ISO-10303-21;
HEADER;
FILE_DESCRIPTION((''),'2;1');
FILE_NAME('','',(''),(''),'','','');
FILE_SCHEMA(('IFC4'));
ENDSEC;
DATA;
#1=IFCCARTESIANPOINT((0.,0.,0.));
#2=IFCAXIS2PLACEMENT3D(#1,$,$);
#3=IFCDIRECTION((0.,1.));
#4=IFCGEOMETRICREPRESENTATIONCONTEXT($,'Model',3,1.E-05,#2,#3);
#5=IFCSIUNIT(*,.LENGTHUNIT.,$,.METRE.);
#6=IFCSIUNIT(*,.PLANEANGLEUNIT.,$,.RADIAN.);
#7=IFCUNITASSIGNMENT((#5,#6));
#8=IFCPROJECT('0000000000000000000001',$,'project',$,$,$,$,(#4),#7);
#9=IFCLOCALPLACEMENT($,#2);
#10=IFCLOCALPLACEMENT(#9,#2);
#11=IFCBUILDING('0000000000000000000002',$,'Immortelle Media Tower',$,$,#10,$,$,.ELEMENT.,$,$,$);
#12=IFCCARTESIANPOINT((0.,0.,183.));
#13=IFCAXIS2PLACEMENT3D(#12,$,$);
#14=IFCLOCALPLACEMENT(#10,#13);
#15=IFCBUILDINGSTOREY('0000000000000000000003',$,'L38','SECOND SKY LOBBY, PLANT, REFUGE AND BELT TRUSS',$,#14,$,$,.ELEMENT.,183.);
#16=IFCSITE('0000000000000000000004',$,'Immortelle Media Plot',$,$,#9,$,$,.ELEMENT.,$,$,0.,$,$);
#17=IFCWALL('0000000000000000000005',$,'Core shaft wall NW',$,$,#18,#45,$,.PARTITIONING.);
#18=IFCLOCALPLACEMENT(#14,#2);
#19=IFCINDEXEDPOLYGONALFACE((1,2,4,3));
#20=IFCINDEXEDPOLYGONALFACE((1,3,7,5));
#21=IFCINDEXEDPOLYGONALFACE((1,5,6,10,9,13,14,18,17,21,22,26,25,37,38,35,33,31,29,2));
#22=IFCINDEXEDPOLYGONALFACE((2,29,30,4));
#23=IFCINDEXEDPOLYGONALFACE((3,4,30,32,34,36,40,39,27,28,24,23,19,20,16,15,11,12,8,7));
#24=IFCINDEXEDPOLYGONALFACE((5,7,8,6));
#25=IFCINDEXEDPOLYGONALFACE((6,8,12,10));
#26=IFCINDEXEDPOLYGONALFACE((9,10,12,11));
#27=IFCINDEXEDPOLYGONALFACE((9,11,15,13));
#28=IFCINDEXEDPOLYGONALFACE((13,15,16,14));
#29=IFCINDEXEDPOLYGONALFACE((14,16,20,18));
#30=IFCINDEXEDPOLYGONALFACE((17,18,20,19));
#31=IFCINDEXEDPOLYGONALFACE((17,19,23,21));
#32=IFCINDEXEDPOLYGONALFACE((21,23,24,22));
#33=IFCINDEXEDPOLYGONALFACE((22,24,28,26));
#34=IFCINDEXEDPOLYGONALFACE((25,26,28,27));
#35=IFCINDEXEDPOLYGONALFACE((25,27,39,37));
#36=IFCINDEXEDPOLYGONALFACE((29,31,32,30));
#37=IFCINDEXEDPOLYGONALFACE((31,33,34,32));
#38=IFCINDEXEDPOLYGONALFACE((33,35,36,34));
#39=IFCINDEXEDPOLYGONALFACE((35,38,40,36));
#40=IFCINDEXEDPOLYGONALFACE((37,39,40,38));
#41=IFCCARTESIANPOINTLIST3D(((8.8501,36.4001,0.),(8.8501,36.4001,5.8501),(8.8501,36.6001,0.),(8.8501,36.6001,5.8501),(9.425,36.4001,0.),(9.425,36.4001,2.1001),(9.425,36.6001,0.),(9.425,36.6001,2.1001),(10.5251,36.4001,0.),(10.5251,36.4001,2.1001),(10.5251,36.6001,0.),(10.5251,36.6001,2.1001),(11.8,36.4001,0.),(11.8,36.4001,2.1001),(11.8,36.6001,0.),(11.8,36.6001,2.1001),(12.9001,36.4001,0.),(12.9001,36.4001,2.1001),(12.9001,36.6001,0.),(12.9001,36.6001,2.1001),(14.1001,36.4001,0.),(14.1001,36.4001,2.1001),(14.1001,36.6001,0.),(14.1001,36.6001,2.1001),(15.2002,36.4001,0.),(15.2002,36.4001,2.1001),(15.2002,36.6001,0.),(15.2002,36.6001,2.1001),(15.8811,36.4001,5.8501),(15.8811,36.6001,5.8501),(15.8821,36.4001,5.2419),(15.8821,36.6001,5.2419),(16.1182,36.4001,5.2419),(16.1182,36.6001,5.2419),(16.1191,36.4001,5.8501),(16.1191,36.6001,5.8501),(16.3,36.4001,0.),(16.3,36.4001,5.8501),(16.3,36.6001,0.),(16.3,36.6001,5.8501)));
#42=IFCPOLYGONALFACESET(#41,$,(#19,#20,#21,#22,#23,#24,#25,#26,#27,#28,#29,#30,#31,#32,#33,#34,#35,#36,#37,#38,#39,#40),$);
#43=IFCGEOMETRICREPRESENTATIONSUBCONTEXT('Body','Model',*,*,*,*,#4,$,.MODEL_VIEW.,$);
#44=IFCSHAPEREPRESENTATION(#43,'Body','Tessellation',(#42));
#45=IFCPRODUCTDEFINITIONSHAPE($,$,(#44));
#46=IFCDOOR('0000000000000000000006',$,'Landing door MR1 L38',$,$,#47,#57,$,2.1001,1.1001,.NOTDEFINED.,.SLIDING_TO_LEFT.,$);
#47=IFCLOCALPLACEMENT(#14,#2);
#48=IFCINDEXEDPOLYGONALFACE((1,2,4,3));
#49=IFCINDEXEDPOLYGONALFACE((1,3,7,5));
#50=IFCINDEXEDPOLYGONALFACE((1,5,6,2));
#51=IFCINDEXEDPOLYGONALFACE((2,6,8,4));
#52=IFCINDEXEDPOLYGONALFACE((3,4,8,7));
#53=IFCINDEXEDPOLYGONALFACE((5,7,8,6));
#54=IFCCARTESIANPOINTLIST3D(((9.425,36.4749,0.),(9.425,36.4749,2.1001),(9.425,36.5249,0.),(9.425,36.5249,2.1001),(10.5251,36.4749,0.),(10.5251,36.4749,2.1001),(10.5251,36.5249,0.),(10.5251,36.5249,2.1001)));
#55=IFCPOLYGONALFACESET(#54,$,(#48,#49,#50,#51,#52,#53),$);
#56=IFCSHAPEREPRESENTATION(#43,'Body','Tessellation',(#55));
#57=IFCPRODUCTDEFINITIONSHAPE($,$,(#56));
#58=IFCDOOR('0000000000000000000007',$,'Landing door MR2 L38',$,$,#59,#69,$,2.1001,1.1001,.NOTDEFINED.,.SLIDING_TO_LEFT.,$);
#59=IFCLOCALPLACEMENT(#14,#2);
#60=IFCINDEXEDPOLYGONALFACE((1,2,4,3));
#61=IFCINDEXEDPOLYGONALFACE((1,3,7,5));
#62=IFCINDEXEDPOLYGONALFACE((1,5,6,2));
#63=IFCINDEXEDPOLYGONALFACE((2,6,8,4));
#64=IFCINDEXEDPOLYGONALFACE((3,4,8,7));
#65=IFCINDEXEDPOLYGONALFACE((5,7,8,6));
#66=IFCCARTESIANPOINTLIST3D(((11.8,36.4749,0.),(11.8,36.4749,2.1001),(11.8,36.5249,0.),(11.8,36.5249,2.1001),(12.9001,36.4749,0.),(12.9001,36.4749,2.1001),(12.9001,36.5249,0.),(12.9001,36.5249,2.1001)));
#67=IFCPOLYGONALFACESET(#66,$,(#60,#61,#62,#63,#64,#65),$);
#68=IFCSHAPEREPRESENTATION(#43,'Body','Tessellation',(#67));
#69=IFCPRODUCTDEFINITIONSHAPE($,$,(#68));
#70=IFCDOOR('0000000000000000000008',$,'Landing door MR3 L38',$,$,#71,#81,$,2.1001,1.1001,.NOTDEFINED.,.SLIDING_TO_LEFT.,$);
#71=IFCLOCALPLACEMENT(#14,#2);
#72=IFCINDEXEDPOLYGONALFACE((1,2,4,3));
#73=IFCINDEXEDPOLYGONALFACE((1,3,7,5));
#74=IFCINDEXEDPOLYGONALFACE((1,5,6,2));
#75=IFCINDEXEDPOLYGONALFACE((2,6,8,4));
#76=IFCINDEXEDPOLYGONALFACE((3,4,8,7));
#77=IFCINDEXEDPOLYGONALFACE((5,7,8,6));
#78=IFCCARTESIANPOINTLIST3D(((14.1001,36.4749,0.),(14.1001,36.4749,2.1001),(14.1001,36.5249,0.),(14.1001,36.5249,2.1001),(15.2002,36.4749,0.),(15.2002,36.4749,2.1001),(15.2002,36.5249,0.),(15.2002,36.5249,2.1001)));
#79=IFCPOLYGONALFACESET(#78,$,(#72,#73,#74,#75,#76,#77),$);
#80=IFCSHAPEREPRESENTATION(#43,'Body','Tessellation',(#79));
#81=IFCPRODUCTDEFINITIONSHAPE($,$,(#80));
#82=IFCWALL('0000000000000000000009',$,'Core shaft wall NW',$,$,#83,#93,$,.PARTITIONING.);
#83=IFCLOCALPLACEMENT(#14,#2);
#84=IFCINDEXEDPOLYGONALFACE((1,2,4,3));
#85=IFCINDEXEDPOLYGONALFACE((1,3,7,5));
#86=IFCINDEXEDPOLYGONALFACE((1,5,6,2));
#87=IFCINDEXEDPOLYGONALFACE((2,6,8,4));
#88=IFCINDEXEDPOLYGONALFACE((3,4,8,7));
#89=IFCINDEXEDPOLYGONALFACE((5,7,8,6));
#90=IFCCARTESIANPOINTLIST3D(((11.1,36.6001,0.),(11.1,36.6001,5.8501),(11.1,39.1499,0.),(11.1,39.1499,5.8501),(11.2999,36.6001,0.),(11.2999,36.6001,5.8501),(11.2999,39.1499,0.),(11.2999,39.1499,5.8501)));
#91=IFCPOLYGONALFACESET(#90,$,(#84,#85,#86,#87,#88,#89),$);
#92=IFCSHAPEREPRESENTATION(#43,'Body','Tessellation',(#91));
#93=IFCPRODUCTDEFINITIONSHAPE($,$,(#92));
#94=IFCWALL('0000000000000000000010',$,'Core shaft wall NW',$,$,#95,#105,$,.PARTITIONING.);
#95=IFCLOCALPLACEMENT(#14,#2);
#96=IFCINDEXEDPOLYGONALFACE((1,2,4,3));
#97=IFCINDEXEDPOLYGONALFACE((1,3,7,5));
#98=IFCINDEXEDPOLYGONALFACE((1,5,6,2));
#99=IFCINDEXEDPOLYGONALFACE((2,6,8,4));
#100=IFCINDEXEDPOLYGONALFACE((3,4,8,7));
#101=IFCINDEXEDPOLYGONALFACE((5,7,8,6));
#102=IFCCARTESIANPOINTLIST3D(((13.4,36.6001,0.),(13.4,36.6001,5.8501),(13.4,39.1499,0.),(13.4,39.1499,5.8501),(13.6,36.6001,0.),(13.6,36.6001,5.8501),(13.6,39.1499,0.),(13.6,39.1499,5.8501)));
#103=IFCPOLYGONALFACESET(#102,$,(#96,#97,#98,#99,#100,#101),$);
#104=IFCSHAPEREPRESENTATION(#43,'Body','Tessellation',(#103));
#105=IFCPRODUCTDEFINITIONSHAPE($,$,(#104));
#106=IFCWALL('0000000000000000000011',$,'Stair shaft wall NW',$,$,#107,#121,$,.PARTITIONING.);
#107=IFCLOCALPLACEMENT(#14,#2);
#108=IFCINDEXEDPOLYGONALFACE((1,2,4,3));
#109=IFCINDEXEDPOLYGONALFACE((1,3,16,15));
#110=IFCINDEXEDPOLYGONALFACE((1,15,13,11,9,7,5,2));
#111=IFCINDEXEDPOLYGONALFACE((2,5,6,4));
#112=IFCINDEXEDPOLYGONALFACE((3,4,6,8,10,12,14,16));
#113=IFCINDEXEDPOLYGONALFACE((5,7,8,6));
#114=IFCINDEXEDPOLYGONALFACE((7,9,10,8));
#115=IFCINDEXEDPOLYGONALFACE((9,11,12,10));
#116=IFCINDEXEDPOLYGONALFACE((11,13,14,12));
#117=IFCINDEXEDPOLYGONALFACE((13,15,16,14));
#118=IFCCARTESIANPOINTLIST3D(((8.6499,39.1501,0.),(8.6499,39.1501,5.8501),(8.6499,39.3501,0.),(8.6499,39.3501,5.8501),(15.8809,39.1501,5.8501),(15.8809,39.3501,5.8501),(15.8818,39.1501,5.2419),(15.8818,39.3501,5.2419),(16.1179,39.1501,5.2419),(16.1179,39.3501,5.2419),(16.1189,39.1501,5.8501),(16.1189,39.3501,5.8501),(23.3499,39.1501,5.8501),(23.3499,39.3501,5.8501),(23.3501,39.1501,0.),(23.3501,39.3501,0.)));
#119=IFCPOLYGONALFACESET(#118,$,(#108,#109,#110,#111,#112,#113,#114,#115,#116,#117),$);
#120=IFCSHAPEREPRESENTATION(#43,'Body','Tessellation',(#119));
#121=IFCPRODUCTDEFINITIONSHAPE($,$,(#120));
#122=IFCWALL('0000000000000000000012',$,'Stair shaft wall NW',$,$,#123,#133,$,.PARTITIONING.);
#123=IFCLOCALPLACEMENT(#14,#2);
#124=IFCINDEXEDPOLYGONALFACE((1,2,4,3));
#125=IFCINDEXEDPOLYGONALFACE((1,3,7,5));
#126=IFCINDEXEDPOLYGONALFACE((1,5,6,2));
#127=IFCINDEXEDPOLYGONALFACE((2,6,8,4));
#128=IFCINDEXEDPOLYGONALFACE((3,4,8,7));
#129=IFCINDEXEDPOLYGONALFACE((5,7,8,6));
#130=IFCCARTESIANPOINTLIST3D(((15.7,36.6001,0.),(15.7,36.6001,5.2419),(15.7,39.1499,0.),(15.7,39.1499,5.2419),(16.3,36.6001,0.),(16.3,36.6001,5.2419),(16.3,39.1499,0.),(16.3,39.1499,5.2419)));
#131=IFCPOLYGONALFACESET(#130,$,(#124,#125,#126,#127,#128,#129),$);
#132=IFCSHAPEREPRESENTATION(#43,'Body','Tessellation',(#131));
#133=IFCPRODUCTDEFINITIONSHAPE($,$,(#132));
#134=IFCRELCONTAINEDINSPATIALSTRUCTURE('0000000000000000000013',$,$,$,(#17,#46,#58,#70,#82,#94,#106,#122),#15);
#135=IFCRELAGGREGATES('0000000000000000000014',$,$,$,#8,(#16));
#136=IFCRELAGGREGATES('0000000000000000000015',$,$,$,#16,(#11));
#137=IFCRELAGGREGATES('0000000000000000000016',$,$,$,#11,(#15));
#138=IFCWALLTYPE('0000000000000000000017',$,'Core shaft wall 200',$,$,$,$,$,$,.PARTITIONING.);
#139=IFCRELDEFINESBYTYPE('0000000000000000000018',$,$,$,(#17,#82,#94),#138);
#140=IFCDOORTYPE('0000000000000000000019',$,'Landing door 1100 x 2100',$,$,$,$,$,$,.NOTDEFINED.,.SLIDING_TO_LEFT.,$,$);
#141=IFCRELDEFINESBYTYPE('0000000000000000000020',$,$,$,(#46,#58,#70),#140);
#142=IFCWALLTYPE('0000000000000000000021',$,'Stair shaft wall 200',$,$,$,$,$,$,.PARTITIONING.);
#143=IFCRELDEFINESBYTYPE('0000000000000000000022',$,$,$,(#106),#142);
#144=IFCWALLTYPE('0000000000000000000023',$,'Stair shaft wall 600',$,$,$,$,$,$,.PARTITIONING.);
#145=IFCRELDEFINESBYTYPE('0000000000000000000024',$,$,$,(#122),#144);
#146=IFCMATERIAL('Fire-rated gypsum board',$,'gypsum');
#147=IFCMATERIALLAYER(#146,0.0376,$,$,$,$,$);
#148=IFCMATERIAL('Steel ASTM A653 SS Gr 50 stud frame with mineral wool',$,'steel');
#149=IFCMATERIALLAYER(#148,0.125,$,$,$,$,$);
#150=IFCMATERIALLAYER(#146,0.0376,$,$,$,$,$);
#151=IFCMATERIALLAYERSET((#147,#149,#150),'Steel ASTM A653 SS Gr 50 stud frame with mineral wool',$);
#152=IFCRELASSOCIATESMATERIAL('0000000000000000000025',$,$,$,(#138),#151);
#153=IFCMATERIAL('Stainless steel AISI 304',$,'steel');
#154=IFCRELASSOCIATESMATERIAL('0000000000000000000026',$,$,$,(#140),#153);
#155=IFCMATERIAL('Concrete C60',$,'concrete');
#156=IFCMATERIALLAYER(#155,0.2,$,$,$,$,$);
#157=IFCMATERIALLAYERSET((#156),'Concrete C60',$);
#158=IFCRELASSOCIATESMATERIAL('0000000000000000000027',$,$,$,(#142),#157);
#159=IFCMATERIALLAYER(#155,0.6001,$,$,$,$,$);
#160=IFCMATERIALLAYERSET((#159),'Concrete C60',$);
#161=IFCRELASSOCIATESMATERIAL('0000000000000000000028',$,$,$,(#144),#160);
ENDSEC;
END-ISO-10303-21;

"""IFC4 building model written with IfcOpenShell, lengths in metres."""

from ifc_helpers import new_model, si_unit, direction, frame, frame_2d, origin, place, context, subcontext, project, spatial, polyline, rectangle, outline, extrude, material, layer, layer_set, type_object, element, fill, save


model = new_model("IFC4")

# Units and contexts
model_context = context("Model", 3, precision=1e-05, world=origin(), true_north=direction((0.0, 1.0)))
body_context = subcontext(model_context, "Body", "Model", "MODEL_VIEW")
ifc_project = project(units=[si_unit("LENGTHUNIT", "METRE"), si_unit("PLANEANGLEUNIT", "RADIAN")], contexts=[model_context])

# Site, building, storey
site_placement = place(None, origin())
site = spatial("IfcSite", under=ifc_project, at=site_placement, Name="Immortelle Media Plot", CompositionType="ELEMENT", RefElevation=0.0)
building_placement = place(site_placement, origin())
building = spatial("IfcBuilding", under=site, at=building_placement, Name="Immortelle Media Tower", CompositionType="ELEMENT")
storey_placement = place(building_placement, frame((0.0, 0.0, 183.0)))
storey = spatial("IfcBuildingStorey", under=building, at=storey_placement, Name="L38", Description="SECOND SKY LOBBY, PLANT, REFUGE AND BELT TRUSS", CompositionType="ELEMENT", Elevation=183.0)

# Wall, openings, doors
ifc_material_1 = material(Name="Fire-rated gypsum board", Category="gypsum")
ifc_layer_1 = layer(ifc_material_1, 0.0376)
ifc_material_2 = material(Name="Steel ASTM A653 SS Gr 50 stud frame with mineral wool", Category="steel")
ifc_layer_2 = layer(ifc_material_2, 0.125)
ifc_layer_3 = layer(ifc_material_1, 0.0376)
ifc_layer_set_1 = layer_set([ifc_layer_1, ifc_layer_2, ifc_layer_3], Name="Steel ASTM A653 SS Gr 50 stud frame with mineral wool")
wall_type_1 = type_object("IfcWallType", Name="Core shaft wall 200", PredefinedType="PARTITIONING", material=ifc_layer_set_1)
wall_1_placement = place(storey_placement, frame((8.8501, 36.5, 0.0), z_axis=(0.0, 0.0, 1.0), x_axis=(1.0, 0.0, 0.0)))
wall_1 = element("IfcWall", 1, at=wall_1_placement, inside=storey, type_object=wall_type_1, Name="Core shaft wall NW", PredefinedType="PARTITIONING", context=body_context, shape_type="SweptSolid", body=[
    extrude(outline(polyline([(0.0, 0.0), (7.45, 0.0), (7.45, 5.8501), (7.269, 5.8501), (7.2681, 5.2419), (7.032, 5.2419), (7.031, 5.8501), (0.0, 5.8501), (0.0, 0.0)])), frame((0.0, 0.1001, 0.0), z_axis=(0.0, -1.0, 0.0), x_axis=(1.0, 0.0, 0.0)), (0.0, 0.0, 1.0), 0.2),
])
opening_1_placement = place(wall_1_placement, frame((0.575, 0.0, 0.0)))
opening_1 = element("IfcOpeningElement", 2, at=opening_1_placement, cuts=wall_1, PredefinedType="OPENING", context=body_context, shape_type="SweptSolid", body=[
    extrude(rectangle(XDim=1.1001, YDim=2.1001, at=frame_2d((0.55, 1.05))), frame((0.0, 0.1099, 0.0), z_axis=(0.0, -1.0, 0.0), x_axis=(1.0, 0.0, 0.0)), (0.0, 0.0, 1.0), 0.22),
])
opening_2_placement = place(wall_1_placement, frame((2.95, 0.0, 0.0)))
opening_2 = element("IfcOpeningElement", 3, at=opening_2_placement, cuts=wall_1, PredefinedType="OPENING", context=body_context, shape_type="SweptSolid", body=[
    extrude(rectangle(XDim=1.1001, YDim=2.1001, at=frame_2d((0.55, 1.05))), frame((0.0, 0.1099, 0.0), z_axis=(0.0, -1.0, 0.0), x_axis=(1.0, 0.0, 0.0)), (0.0, 0.0, 1.0), 0.22),
])
opening_3_placement = place(wall_1_placement, frame((5.25, 0.0, 0.0)))
opening_3 = element("IfcOpeningElement", 4, at=opening_3_placement, cuts=wall_1, PredefinedType="OPENING", context=body_context, shape_type="SweptSolid", body=[
    extrude(rectangle(XDim=1.1001, YDim=2.1001, at=frame_2d((0.55, 1.05))), frame((0.0, 0.1099, 0.0), z_axis=(0.0, -1.0, 0.0), x_axis=(1.0, 0.0, 0.0)), (0.0, 0.0, 1.0), 0.22),
])
ifc_material_3 = material(Name="Stainless steel AISI 304", Category="steel")
door_type = type_object("IfcDoorType", Name="Landing door 1100 x 2100", OperationType="SLIDING_TO_LEFT", PredefinedType="NOTDEFINED", material=ifc_material_3)
door_1_placement = place(opening_1_placement, origin())
door_1 = element("IfcDoor", 5, at=door_1_placement, inside=storey, type_object=door_type, Name="Landing door MR1 L38", OperationType="SLIDING_TO_LEFT", OverallHeight=2.1001, OverallWidth=1.1001, PredefinedType="NOTDEFINED", context=body_context, shape_type="SweptSolid", body=[
    extrude(rectangle(XDim=1.1001, YDim=2.1001, at=frame_2d((0.55, 1.05))), frame((0.0, 0.0249, 0.0), z_axis=(0.0, -1.0, 0.0), x_axis=(1.0, 0.0, 0.0)), (0.0, 0.0, 1.0), 0.05),
])
fill(opening_1, door_1)
door_2_placement = place(opening_2_placement, origin())
door_2 = element("IfcDoor", 6, at=door_2_placement, inside=storey, type_object=door_type, Name="Landing door MR2 L38", OperationType="SLIDING_TO_LEFT", OverallHeight=2.1001, OverallWidth=1.1001, PredefinedType="NOTDEFINED", context=body_context, shape_type="SweptSolid", body=[
    extrude(rectangle(XDim=1.1001, YDim=2.1001, at=frame_2d((0.55, 1.05))), frame((0.0, 0.0249, 0.0), z_axis=(0.0, -1.0, 0.0), x_axis=(1.0, 0.0, 0.0)), (0.0, 0.0, 1.0), 0.05),
])
fill(opening_2, door_2)
door_3_placement = place(opening_3_placement, origin())
door_3 = element("IfcDoor", 7, at=door_3_placement, inside=storey, type_object=door_type, Name="Landing door MR3 L38", OperationType="SLIDING_TO_LEFT", OverallHeight=2.1001, OverallWidth=1.1001, PredefinedType="NOTDEFINED", context=body_context, shape_type="SweptSolid", body=[
    extrude(rectangle(XDim=1.1001, YDim=2.1001, at=frame_2d((0.55, 1.05))), frame((0.0, 0.0249, 0.0), z_axis=(0.0, -1.0, 0.0), x_axis=(1.0, 0.0, 0.0)), (0.0, 0.0, 1.0), 0.05),
])
fill(opening_3, door_3)

# Walls
for number, where, z_axis, x_axis, name in (
    (8, (11.2, 36.6001, 0.0), (0.0, 0.0, 1.0), (0.0, 1.0, 0.0), "Core shaft wall NW"),
    (9, (13.5, 36.6001, 0.0), (0.0, 0.0, 1.0), (0.0, 1.0, 0.0), "Core shaft wall NW"),
):
    element("IfcWall", number, at=place(storey_placement, frame(where, z_axis=z_axis, x_axis=x_axis)), inside=storey, type_object=wall_type_1, Name=name, PredefinedType="PARTITIONING", context=body_context, shape_type="SweptSolid", body=[
        extrude(rectangle(XDim=2.5498, YDim=0.2, at=frame_2d((1.2749, 0.0))), origin(), (0.0, 0.0, 1.0), 5.8501),
    ])
ifc_material_4 = material(Name="Concrete C60", Category="concrete")
ifc_layer_4 = layer(ifc_material_4, 0.2)
ifc_layer_set_2 = layer_set([ifc_layer_4], Name="Concrete C60")
wall_type_2 = type_object("IfcWallType", Name="Stair shaft wall 200", PredefinedType="PARTITIONING", material=ifc_layer_set_2)
wall_2_placement = place(storey_placement, frame((8.6499, 39.25, 0.0), z_axis=(0.0, 0.0, 1.0), x_axis=(1.0, 0.0, 0.0)))
element("IfcWall", 10, at=wall_2_placement, inside=storey, type_object=wall_type_2, Name="Stair shaft wall NW", PredefinedType="PARTITIONING", context=body_context, shape_type="SweptSolid", body=[
    extrude(outline(polyline([(0.0, 0.0), (14.7002, 0.0), (14.7, 5.8501), (7.469, 5.8501), (7.468, 5.2419), (7.2319, 5.2419), (7.231, 5.8501), (0.0, 5.8501), (0.0, 0.0)])), frame((0.0, 0.1001, 0.0), z_axis=(0.0, -1.0, 0.0), x_axis=(1.0, 0.0, 0.0)), (0.0, 0.0, 1.0), 0.2),
])
ifc_layer_5 = layer(ifc_material_4, 0.6001)
ifc_layer_set_3 = layer_set([ifc_layer_5], Name="Concrete C60")
wall_type_3 = type_object("IfcWallType", Name="Stair shaft wall 600", PredefinedType="PARTITIONING", material=ifc_layer_set_3)
wall_3_placement = place(storey_placement, frame((16.0, 36.6001, 0.0), z_axis=(0.0, 0.0, 1.0), x_axis=(0.0, 1.0, 0.0)))
element("IfcWall", 11, at=wall_3_placement, inside=storey, type_object=wall_type_3, Name="Stair shaft wall NW", PredefinedType="PARTITIONING", context=body_context, shape_type="SweptSolid", body=[
    extrude(rectangle(XDim=2.5498, YDim=0.6001, at=frame_2d((1.2749, 0.0))), origin(), (0.0, 0.0, 1.0), 5.2419),
])

save(model, "model.ifc")
